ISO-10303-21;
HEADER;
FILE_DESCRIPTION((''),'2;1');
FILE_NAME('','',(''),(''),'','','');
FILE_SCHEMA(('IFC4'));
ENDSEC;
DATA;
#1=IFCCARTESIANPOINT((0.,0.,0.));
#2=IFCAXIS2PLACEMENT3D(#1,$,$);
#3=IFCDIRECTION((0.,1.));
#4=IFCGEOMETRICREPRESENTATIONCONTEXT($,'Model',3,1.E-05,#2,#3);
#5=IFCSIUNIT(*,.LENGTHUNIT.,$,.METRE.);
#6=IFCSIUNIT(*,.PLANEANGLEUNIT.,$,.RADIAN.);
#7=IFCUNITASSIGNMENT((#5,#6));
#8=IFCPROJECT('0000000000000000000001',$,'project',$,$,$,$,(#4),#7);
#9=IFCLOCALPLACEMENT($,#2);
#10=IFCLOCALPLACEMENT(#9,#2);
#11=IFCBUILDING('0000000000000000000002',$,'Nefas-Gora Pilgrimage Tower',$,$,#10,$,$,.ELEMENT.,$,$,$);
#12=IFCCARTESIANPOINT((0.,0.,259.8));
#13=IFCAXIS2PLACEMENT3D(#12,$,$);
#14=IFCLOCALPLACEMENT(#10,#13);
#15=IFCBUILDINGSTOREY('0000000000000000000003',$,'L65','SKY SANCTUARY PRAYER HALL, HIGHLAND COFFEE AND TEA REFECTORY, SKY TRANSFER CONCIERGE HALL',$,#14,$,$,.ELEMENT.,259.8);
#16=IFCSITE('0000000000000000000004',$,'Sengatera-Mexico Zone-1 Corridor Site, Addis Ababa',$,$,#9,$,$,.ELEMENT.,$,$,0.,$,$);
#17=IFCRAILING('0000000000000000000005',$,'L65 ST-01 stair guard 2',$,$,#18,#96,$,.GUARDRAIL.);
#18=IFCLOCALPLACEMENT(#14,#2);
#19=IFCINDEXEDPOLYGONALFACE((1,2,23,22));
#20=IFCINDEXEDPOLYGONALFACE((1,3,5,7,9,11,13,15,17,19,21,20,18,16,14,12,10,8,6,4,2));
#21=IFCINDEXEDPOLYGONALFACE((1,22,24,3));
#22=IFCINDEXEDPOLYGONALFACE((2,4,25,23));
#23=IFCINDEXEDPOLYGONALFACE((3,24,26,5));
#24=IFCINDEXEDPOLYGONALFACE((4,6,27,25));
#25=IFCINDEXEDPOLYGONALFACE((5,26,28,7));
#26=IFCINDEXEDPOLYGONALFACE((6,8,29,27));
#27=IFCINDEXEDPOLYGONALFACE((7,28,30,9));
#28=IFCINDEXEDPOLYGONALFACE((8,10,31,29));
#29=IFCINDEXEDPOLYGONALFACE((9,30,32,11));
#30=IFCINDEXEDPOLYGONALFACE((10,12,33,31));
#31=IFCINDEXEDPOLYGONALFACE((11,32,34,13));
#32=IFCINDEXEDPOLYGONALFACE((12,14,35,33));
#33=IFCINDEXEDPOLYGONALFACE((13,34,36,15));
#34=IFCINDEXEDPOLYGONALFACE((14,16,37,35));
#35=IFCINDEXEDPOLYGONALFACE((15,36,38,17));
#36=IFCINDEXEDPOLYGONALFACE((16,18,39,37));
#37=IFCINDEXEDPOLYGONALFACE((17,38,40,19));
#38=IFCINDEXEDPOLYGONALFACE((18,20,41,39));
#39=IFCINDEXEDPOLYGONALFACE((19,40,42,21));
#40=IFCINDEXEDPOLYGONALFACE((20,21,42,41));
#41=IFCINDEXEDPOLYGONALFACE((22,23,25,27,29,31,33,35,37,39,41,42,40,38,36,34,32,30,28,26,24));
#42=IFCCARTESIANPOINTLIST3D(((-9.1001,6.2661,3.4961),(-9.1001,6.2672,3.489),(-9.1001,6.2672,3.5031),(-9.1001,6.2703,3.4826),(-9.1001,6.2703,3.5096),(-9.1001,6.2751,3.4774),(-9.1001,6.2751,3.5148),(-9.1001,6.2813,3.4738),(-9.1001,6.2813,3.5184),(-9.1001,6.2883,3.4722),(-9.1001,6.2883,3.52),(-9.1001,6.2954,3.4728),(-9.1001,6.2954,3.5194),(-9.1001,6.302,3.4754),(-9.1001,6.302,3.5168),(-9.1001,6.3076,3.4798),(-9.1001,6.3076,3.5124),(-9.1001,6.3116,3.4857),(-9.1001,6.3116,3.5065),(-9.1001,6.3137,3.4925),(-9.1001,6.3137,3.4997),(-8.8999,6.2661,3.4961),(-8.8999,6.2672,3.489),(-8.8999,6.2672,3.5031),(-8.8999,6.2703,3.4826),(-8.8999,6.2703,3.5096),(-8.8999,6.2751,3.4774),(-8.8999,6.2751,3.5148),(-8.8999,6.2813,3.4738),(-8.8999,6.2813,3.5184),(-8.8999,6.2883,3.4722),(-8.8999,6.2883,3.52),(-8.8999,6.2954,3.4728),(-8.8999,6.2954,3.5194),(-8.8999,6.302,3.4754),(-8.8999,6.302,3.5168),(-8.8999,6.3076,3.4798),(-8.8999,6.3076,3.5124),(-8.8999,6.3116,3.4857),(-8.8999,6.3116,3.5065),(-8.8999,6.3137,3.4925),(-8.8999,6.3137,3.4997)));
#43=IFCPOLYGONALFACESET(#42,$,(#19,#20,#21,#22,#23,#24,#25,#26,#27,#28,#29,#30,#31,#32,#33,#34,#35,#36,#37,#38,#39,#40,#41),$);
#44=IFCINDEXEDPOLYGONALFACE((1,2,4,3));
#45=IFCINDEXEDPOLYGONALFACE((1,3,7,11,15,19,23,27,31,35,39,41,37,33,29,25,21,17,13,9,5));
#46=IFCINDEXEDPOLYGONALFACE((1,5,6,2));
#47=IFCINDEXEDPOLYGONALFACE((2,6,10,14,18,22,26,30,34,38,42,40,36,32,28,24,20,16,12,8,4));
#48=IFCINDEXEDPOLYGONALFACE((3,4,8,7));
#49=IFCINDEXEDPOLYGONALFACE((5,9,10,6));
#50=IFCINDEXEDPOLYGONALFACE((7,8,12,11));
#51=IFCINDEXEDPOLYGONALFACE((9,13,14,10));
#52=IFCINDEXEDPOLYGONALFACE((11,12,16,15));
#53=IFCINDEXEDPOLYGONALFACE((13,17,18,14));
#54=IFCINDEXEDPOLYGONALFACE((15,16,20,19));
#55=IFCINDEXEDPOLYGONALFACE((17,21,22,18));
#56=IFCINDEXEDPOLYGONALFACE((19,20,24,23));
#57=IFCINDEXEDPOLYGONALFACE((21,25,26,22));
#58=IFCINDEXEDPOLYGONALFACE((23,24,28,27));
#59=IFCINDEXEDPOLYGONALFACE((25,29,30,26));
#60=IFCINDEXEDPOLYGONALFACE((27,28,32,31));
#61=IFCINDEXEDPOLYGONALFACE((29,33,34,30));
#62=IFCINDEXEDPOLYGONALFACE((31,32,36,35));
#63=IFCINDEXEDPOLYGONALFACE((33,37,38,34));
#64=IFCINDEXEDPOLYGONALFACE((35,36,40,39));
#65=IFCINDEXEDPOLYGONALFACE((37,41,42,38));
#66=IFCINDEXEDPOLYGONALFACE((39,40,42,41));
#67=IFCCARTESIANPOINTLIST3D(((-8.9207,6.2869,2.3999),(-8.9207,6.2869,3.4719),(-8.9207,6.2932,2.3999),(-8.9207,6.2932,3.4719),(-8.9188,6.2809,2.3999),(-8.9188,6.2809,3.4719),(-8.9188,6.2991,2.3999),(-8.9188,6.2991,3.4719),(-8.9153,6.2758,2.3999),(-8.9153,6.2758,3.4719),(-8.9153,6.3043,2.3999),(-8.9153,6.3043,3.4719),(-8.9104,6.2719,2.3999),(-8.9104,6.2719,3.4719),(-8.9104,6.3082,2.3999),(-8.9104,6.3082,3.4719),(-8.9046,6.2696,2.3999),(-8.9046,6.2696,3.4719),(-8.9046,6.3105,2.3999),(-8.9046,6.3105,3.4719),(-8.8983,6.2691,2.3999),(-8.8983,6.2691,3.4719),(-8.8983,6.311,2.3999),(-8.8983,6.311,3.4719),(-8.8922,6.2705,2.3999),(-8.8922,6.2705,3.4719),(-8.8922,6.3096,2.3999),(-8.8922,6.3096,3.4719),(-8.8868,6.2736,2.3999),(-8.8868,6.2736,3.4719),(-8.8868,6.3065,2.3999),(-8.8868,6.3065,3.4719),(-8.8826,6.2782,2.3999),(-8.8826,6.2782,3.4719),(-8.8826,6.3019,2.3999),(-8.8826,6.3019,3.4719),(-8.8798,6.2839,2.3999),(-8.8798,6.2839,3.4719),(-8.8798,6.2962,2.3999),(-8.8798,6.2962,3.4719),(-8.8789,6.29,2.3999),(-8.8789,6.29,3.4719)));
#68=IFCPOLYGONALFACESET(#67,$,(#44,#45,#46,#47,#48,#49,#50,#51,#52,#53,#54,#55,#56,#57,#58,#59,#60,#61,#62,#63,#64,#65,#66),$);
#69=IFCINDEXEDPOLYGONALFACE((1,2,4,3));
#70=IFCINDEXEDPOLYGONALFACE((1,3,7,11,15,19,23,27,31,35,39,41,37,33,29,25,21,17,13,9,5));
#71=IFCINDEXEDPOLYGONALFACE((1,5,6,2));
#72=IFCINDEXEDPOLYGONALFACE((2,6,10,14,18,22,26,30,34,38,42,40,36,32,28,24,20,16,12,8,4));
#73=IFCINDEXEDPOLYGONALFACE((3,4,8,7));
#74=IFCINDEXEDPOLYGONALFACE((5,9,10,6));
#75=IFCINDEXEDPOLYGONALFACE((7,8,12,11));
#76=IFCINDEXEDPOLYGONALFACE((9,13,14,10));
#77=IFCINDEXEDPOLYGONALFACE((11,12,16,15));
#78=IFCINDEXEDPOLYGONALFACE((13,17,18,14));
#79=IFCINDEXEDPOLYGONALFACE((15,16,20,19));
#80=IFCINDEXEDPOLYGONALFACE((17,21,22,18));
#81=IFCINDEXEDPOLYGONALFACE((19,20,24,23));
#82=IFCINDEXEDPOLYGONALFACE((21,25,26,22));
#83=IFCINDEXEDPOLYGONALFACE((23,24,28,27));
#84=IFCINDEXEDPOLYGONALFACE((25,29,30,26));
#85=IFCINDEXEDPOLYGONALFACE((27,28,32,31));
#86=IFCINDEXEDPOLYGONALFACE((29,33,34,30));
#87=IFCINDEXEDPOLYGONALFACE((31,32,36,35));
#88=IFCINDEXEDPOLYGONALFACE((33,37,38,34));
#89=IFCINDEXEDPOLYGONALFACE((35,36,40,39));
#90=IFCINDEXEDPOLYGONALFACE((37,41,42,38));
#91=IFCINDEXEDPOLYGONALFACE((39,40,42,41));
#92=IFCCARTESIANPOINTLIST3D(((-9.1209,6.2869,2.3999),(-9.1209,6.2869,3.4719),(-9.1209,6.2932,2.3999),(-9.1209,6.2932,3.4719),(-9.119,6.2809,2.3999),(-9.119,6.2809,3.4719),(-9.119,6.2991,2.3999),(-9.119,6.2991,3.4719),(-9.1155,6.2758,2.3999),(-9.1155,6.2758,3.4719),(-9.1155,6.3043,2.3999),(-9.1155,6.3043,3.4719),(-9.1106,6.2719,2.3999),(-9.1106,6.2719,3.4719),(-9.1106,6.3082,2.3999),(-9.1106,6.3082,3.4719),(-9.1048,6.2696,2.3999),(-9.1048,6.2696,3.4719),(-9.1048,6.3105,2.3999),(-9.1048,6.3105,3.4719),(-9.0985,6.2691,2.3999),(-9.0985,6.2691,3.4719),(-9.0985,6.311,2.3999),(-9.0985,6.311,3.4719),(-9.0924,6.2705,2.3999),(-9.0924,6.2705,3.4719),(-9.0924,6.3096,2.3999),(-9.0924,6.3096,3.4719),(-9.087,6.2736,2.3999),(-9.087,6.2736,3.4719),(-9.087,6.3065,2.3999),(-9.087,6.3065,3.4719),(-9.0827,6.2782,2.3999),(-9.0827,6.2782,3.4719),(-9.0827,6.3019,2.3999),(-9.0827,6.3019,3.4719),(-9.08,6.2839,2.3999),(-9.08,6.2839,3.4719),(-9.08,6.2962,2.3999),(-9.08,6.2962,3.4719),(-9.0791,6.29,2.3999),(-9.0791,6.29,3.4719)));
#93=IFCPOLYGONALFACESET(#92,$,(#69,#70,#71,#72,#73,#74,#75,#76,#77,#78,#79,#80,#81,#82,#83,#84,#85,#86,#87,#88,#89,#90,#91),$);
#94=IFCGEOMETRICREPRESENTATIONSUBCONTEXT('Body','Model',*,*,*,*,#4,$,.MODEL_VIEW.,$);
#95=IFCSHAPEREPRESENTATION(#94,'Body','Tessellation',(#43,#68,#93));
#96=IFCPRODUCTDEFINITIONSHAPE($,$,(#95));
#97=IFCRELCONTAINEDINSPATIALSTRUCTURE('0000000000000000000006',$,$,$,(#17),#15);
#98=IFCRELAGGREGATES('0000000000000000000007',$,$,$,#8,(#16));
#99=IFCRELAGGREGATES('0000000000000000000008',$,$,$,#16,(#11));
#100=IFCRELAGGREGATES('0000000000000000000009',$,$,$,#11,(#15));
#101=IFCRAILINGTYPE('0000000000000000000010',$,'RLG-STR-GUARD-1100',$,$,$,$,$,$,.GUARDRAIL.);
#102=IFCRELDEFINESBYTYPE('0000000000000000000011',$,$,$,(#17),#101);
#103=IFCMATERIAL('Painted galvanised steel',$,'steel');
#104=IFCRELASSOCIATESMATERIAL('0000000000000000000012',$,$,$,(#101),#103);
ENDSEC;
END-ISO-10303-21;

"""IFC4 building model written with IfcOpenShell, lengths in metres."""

from ifc_helpers import new_model, si_unit, direction, frame, origin, origin_2d, place, context, subcontext, project, spatial, circle, extrude, material, type_object, element, save


model = new_model("IFC4")

# Units and contexts
model_context = context("Model", 3, precision=1e-05, world=origin(), true_north=direction((0.0, 1.0)))
body_context = subcontext(model_context, "Body", "Model", "MODEL_VIEW")
ifc_project = project(units=[si_unit("LENGTHUNIT", "METRE"), si_unit("PLANEANGLEUNIT", "RADIAN")], contexts=[model_context])

# Site, building, storey
site_placement = place(None, origin())
site = spatial("IfcSite", under=ifc_project, at=site_placement, Name="Sengatera-Mexico Zone-1 Corridor Site, Addis Ababa", CompositionType="ELEMENT", RefElevation=0.0)
building_placement = place(site_placement, origin())
building = spatial("IfcBuilding", under=site, at=building_placement, Name="Nefas-Gora Pilgrimage Tower", CompositionType="ELEMENT")
storey_placement = place(building_placement, frame((0.0, 0.0, 259.8)))
storey = spatial("IfcBuildingStorey", under=building, at=storey_placement, Name="L65", Description="SKY SANCTUARY PRAYER HALL, HIGHLAND COFFEE AND TEA REFECTORY, SKY TRANSFER CONCIERGE HALL", CompositionType="ELEMENT", Elevation=259.8)

# Railing
ifc_material_1 = material(Name="Painted galvanised steel", Category="steel")
railing_type_1 = type_object("IfcRailingType", Name="RLG-STR-GUARD-1100", PredefinedType="GUARDRAIL", material=ifc_material_1)
railing_1_placement = place(storey_placement, frame((-8.8999, 6.29, 2.3999)))
element("IfcRailing", 1, at=railing_1_placement, inside=storey, type_object=railing_type_1, Name="L65 ST-01 stair guard 2", PredefinedType="GUARDRAIL", context=body_context, shape_type="SweptSolid", body=[
    extrude(circle(Radius=0.0239, at=origin_2d()), frame((0.0, 0.0, 1.0962), z_axis=(-1.0, 0.0, 0.0), x_axis=(0.0, -1.0, 0.0)), (0.0, 0.0, 1.0), 0.2002),
    extrude(circle(Radius=0.021, at=origin_2d()), origin(), (0.0, 0.0, 1.0), 1.072),
    extrude(circle(Radius=0.021, at=origin_2d()), frame((-0.2002, 0.0, 0.0)), (0.0, 0.0, 1.0), 1.072),
])

save(model, "model.ifc")
